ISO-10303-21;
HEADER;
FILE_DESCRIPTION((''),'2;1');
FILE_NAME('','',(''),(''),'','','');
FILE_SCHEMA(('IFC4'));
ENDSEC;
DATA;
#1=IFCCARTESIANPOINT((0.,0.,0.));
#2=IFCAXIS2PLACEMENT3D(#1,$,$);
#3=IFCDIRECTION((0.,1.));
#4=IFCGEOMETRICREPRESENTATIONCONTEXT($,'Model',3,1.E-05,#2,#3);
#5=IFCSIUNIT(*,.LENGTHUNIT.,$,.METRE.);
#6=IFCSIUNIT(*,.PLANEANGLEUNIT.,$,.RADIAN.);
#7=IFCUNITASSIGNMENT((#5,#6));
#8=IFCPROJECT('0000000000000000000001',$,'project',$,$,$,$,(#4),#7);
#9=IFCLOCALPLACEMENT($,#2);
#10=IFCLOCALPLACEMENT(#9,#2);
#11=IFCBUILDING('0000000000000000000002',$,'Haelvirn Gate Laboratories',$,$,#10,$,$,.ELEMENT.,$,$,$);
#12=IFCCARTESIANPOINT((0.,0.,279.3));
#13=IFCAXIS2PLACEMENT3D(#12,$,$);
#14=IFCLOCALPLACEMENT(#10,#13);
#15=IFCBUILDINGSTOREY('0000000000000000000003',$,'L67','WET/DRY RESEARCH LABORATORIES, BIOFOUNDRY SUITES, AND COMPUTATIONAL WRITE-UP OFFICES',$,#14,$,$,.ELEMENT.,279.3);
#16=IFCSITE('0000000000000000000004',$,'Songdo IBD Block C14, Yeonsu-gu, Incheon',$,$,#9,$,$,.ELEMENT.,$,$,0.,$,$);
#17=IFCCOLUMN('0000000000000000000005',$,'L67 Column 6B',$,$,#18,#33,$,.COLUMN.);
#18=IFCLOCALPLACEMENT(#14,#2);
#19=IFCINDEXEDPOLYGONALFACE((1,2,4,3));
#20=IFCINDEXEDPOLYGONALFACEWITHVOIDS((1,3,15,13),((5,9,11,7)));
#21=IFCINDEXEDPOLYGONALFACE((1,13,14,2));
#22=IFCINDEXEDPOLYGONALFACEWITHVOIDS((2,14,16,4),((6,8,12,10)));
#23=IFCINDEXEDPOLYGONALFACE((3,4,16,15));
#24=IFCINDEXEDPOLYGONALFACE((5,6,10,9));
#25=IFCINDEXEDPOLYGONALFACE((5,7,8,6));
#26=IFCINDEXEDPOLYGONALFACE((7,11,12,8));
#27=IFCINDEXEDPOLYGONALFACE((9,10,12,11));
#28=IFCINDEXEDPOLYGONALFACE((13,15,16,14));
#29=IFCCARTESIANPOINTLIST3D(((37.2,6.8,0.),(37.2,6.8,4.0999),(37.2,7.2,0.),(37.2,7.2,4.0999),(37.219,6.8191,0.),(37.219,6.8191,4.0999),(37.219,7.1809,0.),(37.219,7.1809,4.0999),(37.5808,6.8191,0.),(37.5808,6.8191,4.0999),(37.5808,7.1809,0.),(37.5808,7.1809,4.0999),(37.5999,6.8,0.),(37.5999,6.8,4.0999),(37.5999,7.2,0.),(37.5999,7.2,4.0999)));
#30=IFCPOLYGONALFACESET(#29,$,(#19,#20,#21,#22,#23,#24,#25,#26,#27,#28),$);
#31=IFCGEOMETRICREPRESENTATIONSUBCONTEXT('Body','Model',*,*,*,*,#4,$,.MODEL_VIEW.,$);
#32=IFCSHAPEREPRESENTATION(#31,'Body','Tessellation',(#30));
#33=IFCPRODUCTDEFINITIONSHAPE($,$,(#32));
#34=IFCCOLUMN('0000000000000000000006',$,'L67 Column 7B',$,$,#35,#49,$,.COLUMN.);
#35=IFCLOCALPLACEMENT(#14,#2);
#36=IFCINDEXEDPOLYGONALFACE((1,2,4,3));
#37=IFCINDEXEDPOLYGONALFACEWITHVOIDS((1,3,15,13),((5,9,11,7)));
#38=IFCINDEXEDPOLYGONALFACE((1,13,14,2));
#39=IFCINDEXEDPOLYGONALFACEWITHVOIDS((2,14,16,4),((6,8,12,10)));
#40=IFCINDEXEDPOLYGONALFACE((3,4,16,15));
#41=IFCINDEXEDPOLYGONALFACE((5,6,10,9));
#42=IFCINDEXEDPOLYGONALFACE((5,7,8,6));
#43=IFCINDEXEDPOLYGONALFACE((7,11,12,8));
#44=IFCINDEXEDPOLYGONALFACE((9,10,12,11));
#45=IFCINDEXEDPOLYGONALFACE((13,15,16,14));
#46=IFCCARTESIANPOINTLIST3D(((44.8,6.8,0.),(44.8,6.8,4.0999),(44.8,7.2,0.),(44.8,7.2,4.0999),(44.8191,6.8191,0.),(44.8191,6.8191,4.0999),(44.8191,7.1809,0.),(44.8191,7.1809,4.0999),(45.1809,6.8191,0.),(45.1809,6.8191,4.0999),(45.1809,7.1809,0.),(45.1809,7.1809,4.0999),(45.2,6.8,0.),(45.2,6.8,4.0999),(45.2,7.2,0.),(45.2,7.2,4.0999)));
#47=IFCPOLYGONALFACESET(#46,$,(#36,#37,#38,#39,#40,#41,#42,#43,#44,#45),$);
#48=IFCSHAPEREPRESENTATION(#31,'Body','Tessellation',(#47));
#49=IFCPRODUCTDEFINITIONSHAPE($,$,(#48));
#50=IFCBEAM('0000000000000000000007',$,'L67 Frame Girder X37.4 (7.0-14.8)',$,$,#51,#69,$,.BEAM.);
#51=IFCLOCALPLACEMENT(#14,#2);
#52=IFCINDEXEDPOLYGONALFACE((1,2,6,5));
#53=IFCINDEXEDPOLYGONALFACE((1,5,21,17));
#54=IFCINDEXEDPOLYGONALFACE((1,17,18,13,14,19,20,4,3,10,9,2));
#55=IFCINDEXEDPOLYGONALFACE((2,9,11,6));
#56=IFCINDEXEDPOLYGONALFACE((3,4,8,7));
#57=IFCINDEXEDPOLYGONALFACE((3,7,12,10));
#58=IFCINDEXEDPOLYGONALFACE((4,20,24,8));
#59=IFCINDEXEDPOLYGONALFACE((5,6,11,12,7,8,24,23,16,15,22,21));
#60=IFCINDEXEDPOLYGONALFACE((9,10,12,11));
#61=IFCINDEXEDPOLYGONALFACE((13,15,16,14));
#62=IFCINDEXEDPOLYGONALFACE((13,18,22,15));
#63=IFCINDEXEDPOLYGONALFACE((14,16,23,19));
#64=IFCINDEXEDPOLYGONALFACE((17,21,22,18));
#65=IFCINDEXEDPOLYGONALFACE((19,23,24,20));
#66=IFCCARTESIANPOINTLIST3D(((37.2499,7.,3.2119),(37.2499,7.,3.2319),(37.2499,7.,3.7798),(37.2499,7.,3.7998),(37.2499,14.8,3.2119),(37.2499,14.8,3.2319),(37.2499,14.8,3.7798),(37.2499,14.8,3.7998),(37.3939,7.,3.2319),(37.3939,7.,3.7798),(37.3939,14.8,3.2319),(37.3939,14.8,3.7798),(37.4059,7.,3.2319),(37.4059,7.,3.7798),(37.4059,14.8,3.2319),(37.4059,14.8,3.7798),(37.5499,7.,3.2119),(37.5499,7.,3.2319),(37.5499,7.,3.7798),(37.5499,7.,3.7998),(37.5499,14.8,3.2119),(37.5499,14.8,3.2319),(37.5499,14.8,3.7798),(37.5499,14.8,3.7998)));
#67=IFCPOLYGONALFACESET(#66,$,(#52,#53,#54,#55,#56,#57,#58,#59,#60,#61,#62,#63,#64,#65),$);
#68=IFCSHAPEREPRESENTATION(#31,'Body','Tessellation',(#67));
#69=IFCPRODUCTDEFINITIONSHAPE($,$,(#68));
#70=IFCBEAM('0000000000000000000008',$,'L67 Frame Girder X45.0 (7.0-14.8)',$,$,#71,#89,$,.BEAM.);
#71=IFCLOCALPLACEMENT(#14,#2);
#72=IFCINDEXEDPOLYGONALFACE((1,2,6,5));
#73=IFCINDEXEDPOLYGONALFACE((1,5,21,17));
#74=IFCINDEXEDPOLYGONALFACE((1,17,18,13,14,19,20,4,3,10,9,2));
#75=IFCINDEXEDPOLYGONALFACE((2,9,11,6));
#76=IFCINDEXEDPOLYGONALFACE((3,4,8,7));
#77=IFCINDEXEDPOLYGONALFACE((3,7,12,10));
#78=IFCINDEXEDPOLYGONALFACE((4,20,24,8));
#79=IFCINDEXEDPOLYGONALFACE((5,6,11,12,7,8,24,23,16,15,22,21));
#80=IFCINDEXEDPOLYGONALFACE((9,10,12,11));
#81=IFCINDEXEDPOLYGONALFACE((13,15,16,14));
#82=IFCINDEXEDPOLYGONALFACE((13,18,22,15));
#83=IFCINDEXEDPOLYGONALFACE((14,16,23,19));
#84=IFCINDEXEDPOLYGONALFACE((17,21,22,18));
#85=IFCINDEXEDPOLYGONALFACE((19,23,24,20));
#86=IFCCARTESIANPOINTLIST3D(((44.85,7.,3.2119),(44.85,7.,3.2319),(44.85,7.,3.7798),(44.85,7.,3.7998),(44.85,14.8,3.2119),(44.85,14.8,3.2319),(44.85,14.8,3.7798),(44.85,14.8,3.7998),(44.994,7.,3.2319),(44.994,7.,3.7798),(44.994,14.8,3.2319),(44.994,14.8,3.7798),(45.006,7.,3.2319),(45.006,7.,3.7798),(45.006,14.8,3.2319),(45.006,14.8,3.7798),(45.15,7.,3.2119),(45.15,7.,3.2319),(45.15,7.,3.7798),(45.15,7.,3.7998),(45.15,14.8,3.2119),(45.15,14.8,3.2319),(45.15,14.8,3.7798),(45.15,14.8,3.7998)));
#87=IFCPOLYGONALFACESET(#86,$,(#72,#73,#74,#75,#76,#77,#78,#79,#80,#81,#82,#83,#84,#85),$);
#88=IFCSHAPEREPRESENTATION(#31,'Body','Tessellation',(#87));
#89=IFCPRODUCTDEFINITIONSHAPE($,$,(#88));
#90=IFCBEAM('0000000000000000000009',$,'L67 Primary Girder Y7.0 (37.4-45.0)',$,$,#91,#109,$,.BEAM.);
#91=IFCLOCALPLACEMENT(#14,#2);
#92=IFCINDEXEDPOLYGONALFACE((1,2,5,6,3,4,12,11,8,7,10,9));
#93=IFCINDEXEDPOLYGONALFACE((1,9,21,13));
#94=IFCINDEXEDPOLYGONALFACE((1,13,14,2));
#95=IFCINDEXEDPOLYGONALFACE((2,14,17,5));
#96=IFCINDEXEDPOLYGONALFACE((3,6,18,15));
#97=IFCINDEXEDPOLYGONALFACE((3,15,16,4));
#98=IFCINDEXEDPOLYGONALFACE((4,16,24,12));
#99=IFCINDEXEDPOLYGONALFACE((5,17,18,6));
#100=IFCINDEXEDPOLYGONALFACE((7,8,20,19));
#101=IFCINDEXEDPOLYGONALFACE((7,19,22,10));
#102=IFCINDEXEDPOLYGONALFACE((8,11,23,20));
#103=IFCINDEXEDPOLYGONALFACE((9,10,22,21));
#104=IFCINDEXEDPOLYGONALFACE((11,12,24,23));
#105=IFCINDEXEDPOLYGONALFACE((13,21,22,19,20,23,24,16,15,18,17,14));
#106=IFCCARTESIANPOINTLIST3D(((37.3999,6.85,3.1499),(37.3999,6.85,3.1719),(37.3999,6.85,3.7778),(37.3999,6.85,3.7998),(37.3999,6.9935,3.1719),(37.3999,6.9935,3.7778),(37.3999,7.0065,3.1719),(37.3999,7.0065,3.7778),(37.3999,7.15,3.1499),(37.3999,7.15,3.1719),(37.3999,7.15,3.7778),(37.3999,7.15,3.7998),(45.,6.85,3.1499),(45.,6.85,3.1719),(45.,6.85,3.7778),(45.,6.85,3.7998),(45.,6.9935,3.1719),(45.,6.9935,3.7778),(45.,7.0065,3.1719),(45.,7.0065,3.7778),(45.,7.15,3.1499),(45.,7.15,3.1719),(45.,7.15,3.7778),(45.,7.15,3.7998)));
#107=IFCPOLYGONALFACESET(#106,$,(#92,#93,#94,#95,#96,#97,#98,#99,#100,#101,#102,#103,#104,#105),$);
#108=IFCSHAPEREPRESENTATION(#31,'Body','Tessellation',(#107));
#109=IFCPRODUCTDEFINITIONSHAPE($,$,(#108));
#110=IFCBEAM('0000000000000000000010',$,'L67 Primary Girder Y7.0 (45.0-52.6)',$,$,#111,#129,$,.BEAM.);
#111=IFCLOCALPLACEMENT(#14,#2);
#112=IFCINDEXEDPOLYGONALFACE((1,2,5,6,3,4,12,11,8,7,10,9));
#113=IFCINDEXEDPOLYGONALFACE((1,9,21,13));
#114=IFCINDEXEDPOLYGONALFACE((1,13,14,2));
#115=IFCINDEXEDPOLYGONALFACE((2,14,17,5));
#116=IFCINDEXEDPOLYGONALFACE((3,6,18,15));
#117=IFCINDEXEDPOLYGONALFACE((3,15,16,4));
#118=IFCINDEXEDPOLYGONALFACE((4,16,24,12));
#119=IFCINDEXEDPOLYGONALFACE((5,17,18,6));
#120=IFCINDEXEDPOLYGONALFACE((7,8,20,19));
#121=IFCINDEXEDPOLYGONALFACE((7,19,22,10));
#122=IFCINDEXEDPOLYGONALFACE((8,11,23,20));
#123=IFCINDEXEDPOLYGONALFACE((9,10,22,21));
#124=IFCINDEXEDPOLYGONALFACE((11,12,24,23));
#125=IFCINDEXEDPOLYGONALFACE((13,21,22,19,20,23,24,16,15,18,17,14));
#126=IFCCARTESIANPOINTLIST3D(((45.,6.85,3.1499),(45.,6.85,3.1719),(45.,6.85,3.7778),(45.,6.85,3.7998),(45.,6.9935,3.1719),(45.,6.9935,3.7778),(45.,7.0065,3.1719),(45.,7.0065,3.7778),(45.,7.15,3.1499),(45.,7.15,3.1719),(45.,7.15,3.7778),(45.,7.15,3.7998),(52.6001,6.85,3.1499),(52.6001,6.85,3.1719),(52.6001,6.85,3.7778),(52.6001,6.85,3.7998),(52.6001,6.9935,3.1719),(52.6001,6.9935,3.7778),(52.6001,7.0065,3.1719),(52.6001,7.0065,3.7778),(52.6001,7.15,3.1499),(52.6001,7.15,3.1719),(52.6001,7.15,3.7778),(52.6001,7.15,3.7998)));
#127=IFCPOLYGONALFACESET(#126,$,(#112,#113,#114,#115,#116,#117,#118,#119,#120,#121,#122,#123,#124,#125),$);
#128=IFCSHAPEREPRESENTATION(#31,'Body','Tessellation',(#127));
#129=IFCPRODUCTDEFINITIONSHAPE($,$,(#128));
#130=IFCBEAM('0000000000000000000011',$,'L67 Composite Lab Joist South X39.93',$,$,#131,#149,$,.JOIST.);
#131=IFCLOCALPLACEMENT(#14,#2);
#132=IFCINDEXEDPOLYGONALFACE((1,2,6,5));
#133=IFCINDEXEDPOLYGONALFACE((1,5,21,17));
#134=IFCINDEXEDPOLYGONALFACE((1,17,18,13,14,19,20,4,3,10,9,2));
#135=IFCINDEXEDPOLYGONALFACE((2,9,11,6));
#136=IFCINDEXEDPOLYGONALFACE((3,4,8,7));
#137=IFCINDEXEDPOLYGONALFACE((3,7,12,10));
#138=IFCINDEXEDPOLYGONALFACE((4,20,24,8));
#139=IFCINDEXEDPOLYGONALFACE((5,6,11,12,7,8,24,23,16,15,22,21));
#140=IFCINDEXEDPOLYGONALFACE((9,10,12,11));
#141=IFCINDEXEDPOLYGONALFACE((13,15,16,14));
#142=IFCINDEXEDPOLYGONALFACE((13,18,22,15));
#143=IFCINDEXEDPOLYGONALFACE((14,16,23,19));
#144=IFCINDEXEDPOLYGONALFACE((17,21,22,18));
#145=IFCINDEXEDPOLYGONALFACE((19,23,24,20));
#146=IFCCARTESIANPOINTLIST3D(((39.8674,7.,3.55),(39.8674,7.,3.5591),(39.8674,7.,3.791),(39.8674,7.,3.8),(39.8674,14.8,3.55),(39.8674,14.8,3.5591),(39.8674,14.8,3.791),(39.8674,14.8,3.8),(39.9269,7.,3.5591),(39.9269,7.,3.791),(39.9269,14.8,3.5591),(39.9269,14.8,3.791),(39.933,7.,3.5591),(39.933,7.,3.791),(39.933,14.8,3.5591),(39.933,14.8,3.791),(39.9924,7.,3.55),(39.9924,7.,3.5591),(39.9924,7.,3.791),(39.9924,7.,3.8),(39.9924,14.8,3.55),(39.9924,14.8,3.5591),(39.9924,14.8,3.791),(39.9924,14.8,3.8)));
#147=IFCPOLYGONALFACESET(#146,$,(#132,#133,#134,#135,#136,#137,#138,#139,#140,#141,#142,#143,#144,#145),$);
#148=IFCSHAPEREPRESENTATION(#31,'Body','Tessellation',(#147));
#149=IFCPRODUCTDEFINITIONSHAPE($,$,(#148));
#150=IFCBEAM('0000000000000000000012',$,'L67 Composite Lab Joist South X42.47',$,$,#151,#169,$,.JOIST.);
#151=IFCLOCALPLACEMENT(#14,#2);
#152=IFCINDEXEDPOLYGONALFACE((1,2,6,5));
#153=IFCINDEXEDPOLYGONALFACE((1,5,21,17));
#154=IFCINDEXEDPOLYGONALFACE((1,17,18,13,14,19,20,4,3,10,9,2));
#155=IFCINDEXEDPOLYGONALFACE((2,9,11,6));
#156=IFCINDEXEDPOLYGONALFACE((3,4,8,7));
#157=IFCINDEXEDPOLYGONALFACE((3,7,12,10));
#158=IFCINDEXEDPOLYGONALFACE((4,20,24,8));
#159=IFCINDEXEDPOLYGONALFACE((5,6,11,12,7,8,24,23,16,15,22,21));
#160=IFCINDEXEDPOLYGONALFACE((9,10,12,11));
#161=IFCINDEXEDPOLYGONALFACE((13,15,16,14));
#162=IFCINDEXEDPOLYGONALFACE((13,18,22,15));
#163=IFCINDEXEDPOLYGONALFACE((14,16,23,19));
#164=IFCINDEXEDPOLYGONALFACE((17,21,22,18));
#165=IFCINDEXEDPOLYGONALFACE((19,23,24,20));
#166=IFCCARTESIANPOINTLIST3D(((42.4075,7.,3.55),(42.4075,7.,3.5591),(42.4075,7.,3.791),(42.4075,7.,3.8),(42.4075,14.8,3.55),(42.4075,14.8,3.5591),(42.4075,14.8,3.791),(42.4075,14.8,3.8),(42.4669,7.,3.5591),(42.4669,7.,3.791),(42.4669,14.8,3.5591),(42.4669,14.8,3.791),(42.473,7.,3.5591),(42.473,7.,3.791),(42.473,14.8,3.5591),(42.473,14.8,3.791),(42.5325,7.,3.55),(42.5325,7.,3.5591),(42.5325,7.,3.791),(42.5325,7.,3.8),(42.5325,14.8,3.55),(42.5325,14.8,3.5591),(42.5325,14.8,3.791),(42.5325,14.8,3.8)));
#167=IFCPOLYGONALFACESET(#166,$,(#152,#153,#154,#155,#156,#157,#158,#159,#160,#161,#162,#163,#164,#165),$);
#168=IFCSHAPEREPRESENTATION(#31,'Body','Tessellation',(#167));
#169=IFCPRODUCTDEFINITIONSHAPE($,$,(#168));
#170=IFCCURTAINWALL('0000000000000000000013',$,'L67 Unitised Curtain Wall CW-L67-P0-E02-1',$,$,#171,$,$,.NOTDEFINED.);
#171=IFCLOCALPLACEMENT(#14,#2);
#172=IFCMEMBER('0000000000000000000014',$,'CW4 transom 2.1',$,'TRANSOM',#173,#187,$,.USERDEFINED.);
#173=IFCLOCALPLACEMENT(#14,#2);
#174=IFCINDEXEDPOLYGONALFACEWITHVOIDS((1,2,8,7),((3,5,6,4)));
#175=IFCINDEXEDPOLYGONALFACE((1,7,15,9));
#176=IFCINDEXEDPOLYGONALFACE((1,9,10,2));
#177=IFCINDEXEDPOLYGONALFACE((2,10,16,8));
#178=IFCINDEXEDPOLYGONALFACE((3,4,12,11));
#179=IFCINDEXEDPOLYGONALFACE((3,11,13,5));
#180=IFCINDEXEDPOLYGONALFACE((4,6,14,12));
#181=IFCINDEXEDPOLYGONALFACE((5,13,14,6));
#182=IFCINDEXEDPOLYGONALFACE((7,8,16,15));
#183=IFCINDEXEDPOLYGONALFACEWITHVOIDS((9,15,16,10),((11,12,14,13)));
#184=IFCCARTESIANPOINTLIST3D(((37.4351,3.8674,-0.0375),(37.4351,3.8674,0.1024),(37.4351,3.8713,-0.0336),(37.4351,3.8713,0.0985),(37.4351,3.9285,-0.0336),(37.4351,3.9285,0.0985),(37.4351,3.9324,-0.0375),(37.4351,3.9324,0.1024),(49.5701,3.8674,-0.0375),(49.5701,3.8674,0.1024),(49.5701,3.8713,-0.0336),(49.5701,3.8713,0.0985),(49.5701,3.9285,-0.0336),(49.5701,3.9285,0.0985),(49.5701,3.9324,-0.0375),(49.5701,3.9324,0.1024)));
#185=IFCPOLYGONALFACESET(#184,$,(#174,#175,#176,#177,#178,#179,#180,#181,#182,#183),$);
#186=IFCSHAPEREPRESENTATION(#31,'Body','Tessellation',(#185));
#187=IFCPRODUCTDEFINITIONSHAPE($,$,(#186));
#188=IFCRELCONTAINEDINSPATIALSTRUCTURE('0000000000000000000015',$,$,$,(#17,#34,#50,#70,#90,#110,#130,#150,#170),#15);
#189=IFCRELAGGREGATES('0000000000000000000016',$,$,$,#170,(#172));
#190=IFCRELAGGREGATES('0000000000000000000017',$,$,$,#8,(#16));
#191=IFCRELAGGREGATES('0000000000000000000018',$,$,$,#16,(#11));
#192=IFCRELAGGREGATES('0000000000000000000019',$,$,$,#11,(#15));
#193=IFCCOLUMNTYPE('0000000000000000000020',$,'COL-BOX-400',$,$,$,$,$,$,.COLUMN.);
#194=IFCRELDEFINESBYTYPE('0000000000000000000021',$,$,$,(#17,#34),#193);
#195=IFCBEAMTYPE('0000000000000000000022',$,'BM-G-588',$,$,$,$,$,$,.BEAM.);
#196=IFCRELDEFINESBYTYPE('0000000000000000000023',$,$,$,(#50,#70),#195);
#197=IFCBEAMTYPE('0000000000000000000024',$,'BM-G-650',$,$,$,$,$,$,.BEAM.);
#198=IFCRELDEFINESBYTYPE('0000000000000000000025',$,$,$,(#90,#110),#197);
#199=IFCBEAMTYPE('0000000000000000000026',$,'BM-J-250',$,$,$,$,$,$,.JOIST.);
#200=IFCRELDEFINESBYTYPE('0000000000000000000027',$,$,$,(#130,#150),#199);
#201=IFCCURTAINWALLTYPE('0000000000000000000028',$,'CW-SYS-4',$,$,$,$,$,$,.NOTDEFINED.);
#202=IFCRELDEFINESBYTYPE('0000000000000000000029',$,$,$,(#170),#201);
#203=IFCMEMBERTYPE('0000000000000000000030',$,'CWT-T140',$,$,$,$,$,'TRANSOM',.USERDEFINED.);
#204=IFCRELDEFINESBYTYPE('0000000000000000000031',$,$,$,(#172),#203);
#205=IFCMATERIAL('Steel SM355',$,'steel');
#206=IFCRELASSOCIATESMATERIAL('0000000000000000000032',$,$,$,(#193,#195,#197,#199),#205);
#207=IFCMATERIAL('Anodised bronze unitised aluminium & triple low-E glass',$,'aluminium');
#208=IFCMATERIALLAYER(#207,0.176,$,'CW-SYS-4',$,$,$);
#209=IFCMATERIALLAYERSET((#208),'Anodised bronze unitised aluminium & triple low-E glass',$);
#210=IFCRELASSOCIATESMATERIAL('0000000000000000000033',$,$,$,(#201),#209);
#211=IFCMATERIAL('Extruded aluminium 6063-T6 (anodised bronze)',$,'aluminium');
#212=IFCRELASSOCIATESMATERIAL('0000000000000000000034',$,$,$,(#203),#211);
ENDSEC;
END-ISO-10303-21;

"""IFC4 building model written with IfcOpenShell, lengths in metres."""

from ifc_helpers import new_model, si_unit, direction, frame, origin, origin_2d, place, context, subcontext, project, spatial, hollow_rectangle, i_section, extrude, source, transform, mapped, material, layer, layer_set, material_profile, profile_set, type_object, type_shapes, element, aggregate, save


model = new_model("IFC4")

# Units and contexts
model_context = context("Model", 3, precision=1e-05, world=origin(), true_north=direction((0.0, 1.0)))
body_context = subcontext(model_context, "Body", "Model", "MODEL_VIEW")
ifc_project = project(units=[si_unit("LENGTHUNIT", "METRE"), si_unit("PLANEANGLEUNIT", "RADIAN")], contexts=[model_context])

# Site, building, storey
site_placement = place(None, origin())
site = spatial("IfcSite", under=ifc_project, at=site_placement, Name="Songdo IBD Block C14, Yeonsu-gu, Incheon", CompositionType="ELEMENT", RefElevation=0.0)
building_placement = place(site_placement, origin())
building = spatial("IfcBuilding", under=site, at=building_placement, Name="Haelvirn Gate Laboratories", CompositionType="ELEMENT")
storey_placement = place(building_placement, frame((0.0, 0.0, 279.3)))
storey = spatial("IfcBuildingStorey", under=building, at=storey_placement, Name="L67", Description="WET/DRY RESEARCH LABORATORIES, BIOFOUNDRY SUITES, AND COMPUTATIONAL WRITE-UP OFFICES", CompositionType="ELEMENT", Elevation=279.3)

# Columns
ifc_material_1 = material(Name="Steel SM355", Category="steel")
ifc_material_profile_1 = material_profile(ifc_material_1, hollow_rectangle(XDim=0.3999, YDim=0.3999, WallThickness=0.019, at=origin_2d()), Name="BOX-400x400x19")
ifc_profile_set_1 = profile_set([ifc_material_profile_1], Name="Steel SM355")
column_type = type_object("IfcColumnType", Name="COL-BOX-400", PredefinedType="COLUMN", material=ifc_profile_set_1)
shared_shape_1 = source(origin(), body_context, "Body", "SweptSolid", [
    extrude(hollow_rectangle(XDim=0.3999, YDim=0.3999, WallThickness=0.019, at=origin_2d()), origin(), (0.0, 0.0, 1.0), 4.0999),
])
type_shapes(column_type, [shared_shape_1])
for number, where, z_axis, x_axis, name in (
    (1, (37.3999, 7.0, 0.0), (0.0, 0.0, 1.0), (1.0, 0.0, 0.0), "L67 Column 6B"),
    (2, (45.0, 7.0, 0.0), (0.0, 0.0, 1.0), (1.0, 0.0, 0.0), "L67 Column 7B"),
):
    element("IfcColumn", number, at=place(storey_placement, frame(where, z_axis=z_axis, x_axis=x_axis)), inside=storey, type_object=column_type, Name=name, PredefinedType="COLUMN", context=body_context, shape_type="MappedRepresentation", body=[
        mapped(shared_shape_1, transform((0.0, 0.0, 0.0), scale=1.0)),
    ])

# Beams
ifc_material_profile_2 = material_profile(ifc_material_1, i_section(OverallWidth=0.3, OverallDepth=0.5879, WebThickness=0.012, FlangeThickness=0.02, at=origin_2d()), Name="H-588x300x12x20")
ifc_profile_set_2 = profile_set([ifc_material_profile_2], Name="Steel SM355")
beam_type_1 = type_object("IfcBeamType", Name="BM-G-588", PredefinedType="BEAM", material=ifc_profile_set_2)
shared_shape_2 = source(origin(), body_context, "Body", "SweptSolid", [
    extrude(i_section(OverallWidth=0.3, OverallDepth=0.5879, WebThickness=0.012, FlangeThickness=0.02, at=origin_2d()), origin(), (0.0, 0.0, 1.0), 7.8),
])
type_shapes(beam_type_1, [shared_shape_2])
for number, where, z_axis, x_axis, name in (
    (3, (37.3999, 7.0, 3.5059), (0.0, 1.0, 0.0), (-1.0, 0.0, 0.0), "L67 Frame Girder X37.4 (7.0-14.8)"),
    (4, (45.0, 7.0, 3.5059), (0.0, 1.0, 0.0), (-1.0, 0.0, 0.0), "L67 Frame Girder X45.0 (7.0-14.8)"),
):
    element("IfcBeam", number, at=place(storey_placement, frame(where, z_axis=z_axis, x_axis=x_axis)), inside=storey, type_object=beam_type_1, Name=name, PredefinedType="BEAM", context=body_context, shape_type="MappedRepresentation", body=[
        mapped(shared_shape_2, transform((0.0, 0.0, 0.0), scale=1.0)),
    ])
ifc_material_profile_3 = material_profile(ifc_material_1, i_section(OverallWidth=0.3, OverallDepth=0.6499, WebThickness=0.0129, FlangeThickness=0.022, at=origin_2d()), Name="H-650x300x13x22")
ifc_profile_set_3 = profile_set([ifc_material_profile_3], Name="Steel SM355")
beam_type_2 = type_object("IfcBeamType", Name="BM-G-650", PredefinedType="BEAM", material=ifc_profile_set_3)
shared_shape_3 = source(origin(), body_context, "Body", "SweptSolid", [
    extrude(i_section(OverallWidth=0.3, OverallDepth=0.6499, WebThickness=0.0129, FlangeThickness=0.022, at=origin_2d()), origin(), (0.0, 0.0, 1.0), 7.6001),
])
type_shapes(beam_type_2, [shared_shape_3])
for number, where, z_axis, x_axis, name in (
    (5, (37.3999, 7.0, 3.4749), (1.0, 0.0, 0.0), (0.0, 1.0, 0.0), "L67 Primary Girder Y7.0 (37.4-45.0)"),
    (6, (45.0, 7.0, 3.4749), (1.0, 0.0, 0.0), (0.0, 1.0, 0.0), "L67 Primary Girder Y7.0 (45.0-52.6)"),
):
    element("IfcBeam", number, at=place(storey_placement, frame(where, z_axis=z_axis, x_axis=x_axis)), inside=storey, type_object=beam_type_2, Name=name, PredefinedType="BEAM", context=body_context, shape_type="MappedRepresentation", body=[
        mapped(shared_shape_3, transform((0.0, 0.0, 0.0), scale=1.0)),
    ])
ifc_material_profile_4 = material_profile(ifc_material_1, i_section(OverallWidth=0.125, OverallDepth=0.25, WebThickness=0.0061, FlangeThickness=0.009, at=origin_2d()), Name="H-250x125x6x9")
ifc_profile_set_4 = profile_set([ifc_material_profile_4], Name="Steel SM355")
beam_type_3 = type_object("IfcBeamType", Name="BM-J-250", PredefinedType="JOIST", material=ifc_profile_set_4)
shared_shape_4 = source(origin(), body_context, "Body", "SweptSolid", [
    extrude(i_section(OverallWidth=0.125, OverallDepth=0.25, WebThickness=0.0061, FlangeThickness=0.009, at=origin_2d()), origin(), (0.0, 0.0, 1.0), 7.8),
])
type_shapes(beam_type_3, [shared_shape_4])
for number, where, z_axis, x_axis, name in (
    (7, (39.9299, 7.0, 3.675), (0.0, 1.0, 0.0), (-1.0, 0.0, 0.0), "L67 Composite Lab Joist South X39.93"),
    (8, (42.47, 7.0, 3.675), (0.0, 1.0, 0.0), (-1.0, 0.0, 0.0), "L67 Composite Lab Joist South X42.47"),
):
    element("IfcBeam", number, at=place(storey_placement, frame(where, z_axis=z_axis, x_axis=x_axis)), inside=storey, type_object=beam_type_3, Name=name, PredefinedType="JOIST", context=body_context, shape_type="MappedRepresentation", body=[
        mapped(shared_shape_4, transform((0.0, 0.0, 0.0), scale=1.0)),
    ])

# Curtain wall, member
ifc_material_2 = material(Name="Anodised bronze unitised aluminium & triple low-E glass", Category="aluminium")
ifc_layer_1 = layer(ifc_material_2, 0.176, Name="CW-SYS-4")
ifc_layer_set_1 = layer_set([ifc_layer_1], Name="Anodised bronze unitised aluminium & triple low-E glass")
curtain_wall_type = type_object("IfcCurtainWallType", Name="CW-SYS-4", PredefinedType="NOTDEFINED", material=ifc_layer_set_1)
curtain_wall_1_placement = place(storey_placement, origin())
curtain_wall_1 = element("IfcCurtainWall", 9, at=curtain_wall_1_placement, inside=storey, type_object=curtain_wall_type, Name="L67 Unitised Curtain Wall CW-L67-P0-E02-1", PredefinedType="NOTDEFINED")
ifc_material_3 = material(Name="Extruded aluminium 6063-T6 (anodised bronze)", Category="aluminium")
ifc_material_profile_5 = material_profile(ifc_material_3, hollow_rectangle(XDim=0.0649, YDim=0.1399, WallThickness=0.0039, at=origin_2d()), Name="CWT-140x65x4")
ifc_profile_set_5 = profile_set([ifc_material_profile_5], Name="Extruded aluminium 6063-T6 (anodised bronze)")
member_type_1 = type_object("IfcMemberType", Name="CWT-T140", ElementType="TRANSOM", PredefinedType="USERDEFINED", material=ifc_profile_set_5)
shared_shape_5 = source(origin(), body_context, "Body", "SweptSolid", [
    extrude(hollow_rectangle(XDim=0.0649, YDim=0.1399, WallThickness=0.0039, at=origin_2d()), origin(), (0.0, 0.0, 1.0), 12.135),
])
member_1_placement = place(storey_placement, frame((37.4351, 3.8999, 0.0325), z_axis=(1.0, 0.0, 0.0), x_axis=(0.0, 1.0, 0.0)))
member_1 = element("IfcMember", 10, at=member_1_placement, type_object=member_type_1, Name="CW4 transom 2.1", ObjectType="TRANSOM", PredefinedType="USERDEFINED", context=body_context, shape_type="MappedRepresentation", body=[
    mapped(shared_shape_5, transform((0.0, 0.0, 0.0), scale=1.0)),
])

aggregate(curtain_wall_1, [member_1])

save(model, "model.ifc")
